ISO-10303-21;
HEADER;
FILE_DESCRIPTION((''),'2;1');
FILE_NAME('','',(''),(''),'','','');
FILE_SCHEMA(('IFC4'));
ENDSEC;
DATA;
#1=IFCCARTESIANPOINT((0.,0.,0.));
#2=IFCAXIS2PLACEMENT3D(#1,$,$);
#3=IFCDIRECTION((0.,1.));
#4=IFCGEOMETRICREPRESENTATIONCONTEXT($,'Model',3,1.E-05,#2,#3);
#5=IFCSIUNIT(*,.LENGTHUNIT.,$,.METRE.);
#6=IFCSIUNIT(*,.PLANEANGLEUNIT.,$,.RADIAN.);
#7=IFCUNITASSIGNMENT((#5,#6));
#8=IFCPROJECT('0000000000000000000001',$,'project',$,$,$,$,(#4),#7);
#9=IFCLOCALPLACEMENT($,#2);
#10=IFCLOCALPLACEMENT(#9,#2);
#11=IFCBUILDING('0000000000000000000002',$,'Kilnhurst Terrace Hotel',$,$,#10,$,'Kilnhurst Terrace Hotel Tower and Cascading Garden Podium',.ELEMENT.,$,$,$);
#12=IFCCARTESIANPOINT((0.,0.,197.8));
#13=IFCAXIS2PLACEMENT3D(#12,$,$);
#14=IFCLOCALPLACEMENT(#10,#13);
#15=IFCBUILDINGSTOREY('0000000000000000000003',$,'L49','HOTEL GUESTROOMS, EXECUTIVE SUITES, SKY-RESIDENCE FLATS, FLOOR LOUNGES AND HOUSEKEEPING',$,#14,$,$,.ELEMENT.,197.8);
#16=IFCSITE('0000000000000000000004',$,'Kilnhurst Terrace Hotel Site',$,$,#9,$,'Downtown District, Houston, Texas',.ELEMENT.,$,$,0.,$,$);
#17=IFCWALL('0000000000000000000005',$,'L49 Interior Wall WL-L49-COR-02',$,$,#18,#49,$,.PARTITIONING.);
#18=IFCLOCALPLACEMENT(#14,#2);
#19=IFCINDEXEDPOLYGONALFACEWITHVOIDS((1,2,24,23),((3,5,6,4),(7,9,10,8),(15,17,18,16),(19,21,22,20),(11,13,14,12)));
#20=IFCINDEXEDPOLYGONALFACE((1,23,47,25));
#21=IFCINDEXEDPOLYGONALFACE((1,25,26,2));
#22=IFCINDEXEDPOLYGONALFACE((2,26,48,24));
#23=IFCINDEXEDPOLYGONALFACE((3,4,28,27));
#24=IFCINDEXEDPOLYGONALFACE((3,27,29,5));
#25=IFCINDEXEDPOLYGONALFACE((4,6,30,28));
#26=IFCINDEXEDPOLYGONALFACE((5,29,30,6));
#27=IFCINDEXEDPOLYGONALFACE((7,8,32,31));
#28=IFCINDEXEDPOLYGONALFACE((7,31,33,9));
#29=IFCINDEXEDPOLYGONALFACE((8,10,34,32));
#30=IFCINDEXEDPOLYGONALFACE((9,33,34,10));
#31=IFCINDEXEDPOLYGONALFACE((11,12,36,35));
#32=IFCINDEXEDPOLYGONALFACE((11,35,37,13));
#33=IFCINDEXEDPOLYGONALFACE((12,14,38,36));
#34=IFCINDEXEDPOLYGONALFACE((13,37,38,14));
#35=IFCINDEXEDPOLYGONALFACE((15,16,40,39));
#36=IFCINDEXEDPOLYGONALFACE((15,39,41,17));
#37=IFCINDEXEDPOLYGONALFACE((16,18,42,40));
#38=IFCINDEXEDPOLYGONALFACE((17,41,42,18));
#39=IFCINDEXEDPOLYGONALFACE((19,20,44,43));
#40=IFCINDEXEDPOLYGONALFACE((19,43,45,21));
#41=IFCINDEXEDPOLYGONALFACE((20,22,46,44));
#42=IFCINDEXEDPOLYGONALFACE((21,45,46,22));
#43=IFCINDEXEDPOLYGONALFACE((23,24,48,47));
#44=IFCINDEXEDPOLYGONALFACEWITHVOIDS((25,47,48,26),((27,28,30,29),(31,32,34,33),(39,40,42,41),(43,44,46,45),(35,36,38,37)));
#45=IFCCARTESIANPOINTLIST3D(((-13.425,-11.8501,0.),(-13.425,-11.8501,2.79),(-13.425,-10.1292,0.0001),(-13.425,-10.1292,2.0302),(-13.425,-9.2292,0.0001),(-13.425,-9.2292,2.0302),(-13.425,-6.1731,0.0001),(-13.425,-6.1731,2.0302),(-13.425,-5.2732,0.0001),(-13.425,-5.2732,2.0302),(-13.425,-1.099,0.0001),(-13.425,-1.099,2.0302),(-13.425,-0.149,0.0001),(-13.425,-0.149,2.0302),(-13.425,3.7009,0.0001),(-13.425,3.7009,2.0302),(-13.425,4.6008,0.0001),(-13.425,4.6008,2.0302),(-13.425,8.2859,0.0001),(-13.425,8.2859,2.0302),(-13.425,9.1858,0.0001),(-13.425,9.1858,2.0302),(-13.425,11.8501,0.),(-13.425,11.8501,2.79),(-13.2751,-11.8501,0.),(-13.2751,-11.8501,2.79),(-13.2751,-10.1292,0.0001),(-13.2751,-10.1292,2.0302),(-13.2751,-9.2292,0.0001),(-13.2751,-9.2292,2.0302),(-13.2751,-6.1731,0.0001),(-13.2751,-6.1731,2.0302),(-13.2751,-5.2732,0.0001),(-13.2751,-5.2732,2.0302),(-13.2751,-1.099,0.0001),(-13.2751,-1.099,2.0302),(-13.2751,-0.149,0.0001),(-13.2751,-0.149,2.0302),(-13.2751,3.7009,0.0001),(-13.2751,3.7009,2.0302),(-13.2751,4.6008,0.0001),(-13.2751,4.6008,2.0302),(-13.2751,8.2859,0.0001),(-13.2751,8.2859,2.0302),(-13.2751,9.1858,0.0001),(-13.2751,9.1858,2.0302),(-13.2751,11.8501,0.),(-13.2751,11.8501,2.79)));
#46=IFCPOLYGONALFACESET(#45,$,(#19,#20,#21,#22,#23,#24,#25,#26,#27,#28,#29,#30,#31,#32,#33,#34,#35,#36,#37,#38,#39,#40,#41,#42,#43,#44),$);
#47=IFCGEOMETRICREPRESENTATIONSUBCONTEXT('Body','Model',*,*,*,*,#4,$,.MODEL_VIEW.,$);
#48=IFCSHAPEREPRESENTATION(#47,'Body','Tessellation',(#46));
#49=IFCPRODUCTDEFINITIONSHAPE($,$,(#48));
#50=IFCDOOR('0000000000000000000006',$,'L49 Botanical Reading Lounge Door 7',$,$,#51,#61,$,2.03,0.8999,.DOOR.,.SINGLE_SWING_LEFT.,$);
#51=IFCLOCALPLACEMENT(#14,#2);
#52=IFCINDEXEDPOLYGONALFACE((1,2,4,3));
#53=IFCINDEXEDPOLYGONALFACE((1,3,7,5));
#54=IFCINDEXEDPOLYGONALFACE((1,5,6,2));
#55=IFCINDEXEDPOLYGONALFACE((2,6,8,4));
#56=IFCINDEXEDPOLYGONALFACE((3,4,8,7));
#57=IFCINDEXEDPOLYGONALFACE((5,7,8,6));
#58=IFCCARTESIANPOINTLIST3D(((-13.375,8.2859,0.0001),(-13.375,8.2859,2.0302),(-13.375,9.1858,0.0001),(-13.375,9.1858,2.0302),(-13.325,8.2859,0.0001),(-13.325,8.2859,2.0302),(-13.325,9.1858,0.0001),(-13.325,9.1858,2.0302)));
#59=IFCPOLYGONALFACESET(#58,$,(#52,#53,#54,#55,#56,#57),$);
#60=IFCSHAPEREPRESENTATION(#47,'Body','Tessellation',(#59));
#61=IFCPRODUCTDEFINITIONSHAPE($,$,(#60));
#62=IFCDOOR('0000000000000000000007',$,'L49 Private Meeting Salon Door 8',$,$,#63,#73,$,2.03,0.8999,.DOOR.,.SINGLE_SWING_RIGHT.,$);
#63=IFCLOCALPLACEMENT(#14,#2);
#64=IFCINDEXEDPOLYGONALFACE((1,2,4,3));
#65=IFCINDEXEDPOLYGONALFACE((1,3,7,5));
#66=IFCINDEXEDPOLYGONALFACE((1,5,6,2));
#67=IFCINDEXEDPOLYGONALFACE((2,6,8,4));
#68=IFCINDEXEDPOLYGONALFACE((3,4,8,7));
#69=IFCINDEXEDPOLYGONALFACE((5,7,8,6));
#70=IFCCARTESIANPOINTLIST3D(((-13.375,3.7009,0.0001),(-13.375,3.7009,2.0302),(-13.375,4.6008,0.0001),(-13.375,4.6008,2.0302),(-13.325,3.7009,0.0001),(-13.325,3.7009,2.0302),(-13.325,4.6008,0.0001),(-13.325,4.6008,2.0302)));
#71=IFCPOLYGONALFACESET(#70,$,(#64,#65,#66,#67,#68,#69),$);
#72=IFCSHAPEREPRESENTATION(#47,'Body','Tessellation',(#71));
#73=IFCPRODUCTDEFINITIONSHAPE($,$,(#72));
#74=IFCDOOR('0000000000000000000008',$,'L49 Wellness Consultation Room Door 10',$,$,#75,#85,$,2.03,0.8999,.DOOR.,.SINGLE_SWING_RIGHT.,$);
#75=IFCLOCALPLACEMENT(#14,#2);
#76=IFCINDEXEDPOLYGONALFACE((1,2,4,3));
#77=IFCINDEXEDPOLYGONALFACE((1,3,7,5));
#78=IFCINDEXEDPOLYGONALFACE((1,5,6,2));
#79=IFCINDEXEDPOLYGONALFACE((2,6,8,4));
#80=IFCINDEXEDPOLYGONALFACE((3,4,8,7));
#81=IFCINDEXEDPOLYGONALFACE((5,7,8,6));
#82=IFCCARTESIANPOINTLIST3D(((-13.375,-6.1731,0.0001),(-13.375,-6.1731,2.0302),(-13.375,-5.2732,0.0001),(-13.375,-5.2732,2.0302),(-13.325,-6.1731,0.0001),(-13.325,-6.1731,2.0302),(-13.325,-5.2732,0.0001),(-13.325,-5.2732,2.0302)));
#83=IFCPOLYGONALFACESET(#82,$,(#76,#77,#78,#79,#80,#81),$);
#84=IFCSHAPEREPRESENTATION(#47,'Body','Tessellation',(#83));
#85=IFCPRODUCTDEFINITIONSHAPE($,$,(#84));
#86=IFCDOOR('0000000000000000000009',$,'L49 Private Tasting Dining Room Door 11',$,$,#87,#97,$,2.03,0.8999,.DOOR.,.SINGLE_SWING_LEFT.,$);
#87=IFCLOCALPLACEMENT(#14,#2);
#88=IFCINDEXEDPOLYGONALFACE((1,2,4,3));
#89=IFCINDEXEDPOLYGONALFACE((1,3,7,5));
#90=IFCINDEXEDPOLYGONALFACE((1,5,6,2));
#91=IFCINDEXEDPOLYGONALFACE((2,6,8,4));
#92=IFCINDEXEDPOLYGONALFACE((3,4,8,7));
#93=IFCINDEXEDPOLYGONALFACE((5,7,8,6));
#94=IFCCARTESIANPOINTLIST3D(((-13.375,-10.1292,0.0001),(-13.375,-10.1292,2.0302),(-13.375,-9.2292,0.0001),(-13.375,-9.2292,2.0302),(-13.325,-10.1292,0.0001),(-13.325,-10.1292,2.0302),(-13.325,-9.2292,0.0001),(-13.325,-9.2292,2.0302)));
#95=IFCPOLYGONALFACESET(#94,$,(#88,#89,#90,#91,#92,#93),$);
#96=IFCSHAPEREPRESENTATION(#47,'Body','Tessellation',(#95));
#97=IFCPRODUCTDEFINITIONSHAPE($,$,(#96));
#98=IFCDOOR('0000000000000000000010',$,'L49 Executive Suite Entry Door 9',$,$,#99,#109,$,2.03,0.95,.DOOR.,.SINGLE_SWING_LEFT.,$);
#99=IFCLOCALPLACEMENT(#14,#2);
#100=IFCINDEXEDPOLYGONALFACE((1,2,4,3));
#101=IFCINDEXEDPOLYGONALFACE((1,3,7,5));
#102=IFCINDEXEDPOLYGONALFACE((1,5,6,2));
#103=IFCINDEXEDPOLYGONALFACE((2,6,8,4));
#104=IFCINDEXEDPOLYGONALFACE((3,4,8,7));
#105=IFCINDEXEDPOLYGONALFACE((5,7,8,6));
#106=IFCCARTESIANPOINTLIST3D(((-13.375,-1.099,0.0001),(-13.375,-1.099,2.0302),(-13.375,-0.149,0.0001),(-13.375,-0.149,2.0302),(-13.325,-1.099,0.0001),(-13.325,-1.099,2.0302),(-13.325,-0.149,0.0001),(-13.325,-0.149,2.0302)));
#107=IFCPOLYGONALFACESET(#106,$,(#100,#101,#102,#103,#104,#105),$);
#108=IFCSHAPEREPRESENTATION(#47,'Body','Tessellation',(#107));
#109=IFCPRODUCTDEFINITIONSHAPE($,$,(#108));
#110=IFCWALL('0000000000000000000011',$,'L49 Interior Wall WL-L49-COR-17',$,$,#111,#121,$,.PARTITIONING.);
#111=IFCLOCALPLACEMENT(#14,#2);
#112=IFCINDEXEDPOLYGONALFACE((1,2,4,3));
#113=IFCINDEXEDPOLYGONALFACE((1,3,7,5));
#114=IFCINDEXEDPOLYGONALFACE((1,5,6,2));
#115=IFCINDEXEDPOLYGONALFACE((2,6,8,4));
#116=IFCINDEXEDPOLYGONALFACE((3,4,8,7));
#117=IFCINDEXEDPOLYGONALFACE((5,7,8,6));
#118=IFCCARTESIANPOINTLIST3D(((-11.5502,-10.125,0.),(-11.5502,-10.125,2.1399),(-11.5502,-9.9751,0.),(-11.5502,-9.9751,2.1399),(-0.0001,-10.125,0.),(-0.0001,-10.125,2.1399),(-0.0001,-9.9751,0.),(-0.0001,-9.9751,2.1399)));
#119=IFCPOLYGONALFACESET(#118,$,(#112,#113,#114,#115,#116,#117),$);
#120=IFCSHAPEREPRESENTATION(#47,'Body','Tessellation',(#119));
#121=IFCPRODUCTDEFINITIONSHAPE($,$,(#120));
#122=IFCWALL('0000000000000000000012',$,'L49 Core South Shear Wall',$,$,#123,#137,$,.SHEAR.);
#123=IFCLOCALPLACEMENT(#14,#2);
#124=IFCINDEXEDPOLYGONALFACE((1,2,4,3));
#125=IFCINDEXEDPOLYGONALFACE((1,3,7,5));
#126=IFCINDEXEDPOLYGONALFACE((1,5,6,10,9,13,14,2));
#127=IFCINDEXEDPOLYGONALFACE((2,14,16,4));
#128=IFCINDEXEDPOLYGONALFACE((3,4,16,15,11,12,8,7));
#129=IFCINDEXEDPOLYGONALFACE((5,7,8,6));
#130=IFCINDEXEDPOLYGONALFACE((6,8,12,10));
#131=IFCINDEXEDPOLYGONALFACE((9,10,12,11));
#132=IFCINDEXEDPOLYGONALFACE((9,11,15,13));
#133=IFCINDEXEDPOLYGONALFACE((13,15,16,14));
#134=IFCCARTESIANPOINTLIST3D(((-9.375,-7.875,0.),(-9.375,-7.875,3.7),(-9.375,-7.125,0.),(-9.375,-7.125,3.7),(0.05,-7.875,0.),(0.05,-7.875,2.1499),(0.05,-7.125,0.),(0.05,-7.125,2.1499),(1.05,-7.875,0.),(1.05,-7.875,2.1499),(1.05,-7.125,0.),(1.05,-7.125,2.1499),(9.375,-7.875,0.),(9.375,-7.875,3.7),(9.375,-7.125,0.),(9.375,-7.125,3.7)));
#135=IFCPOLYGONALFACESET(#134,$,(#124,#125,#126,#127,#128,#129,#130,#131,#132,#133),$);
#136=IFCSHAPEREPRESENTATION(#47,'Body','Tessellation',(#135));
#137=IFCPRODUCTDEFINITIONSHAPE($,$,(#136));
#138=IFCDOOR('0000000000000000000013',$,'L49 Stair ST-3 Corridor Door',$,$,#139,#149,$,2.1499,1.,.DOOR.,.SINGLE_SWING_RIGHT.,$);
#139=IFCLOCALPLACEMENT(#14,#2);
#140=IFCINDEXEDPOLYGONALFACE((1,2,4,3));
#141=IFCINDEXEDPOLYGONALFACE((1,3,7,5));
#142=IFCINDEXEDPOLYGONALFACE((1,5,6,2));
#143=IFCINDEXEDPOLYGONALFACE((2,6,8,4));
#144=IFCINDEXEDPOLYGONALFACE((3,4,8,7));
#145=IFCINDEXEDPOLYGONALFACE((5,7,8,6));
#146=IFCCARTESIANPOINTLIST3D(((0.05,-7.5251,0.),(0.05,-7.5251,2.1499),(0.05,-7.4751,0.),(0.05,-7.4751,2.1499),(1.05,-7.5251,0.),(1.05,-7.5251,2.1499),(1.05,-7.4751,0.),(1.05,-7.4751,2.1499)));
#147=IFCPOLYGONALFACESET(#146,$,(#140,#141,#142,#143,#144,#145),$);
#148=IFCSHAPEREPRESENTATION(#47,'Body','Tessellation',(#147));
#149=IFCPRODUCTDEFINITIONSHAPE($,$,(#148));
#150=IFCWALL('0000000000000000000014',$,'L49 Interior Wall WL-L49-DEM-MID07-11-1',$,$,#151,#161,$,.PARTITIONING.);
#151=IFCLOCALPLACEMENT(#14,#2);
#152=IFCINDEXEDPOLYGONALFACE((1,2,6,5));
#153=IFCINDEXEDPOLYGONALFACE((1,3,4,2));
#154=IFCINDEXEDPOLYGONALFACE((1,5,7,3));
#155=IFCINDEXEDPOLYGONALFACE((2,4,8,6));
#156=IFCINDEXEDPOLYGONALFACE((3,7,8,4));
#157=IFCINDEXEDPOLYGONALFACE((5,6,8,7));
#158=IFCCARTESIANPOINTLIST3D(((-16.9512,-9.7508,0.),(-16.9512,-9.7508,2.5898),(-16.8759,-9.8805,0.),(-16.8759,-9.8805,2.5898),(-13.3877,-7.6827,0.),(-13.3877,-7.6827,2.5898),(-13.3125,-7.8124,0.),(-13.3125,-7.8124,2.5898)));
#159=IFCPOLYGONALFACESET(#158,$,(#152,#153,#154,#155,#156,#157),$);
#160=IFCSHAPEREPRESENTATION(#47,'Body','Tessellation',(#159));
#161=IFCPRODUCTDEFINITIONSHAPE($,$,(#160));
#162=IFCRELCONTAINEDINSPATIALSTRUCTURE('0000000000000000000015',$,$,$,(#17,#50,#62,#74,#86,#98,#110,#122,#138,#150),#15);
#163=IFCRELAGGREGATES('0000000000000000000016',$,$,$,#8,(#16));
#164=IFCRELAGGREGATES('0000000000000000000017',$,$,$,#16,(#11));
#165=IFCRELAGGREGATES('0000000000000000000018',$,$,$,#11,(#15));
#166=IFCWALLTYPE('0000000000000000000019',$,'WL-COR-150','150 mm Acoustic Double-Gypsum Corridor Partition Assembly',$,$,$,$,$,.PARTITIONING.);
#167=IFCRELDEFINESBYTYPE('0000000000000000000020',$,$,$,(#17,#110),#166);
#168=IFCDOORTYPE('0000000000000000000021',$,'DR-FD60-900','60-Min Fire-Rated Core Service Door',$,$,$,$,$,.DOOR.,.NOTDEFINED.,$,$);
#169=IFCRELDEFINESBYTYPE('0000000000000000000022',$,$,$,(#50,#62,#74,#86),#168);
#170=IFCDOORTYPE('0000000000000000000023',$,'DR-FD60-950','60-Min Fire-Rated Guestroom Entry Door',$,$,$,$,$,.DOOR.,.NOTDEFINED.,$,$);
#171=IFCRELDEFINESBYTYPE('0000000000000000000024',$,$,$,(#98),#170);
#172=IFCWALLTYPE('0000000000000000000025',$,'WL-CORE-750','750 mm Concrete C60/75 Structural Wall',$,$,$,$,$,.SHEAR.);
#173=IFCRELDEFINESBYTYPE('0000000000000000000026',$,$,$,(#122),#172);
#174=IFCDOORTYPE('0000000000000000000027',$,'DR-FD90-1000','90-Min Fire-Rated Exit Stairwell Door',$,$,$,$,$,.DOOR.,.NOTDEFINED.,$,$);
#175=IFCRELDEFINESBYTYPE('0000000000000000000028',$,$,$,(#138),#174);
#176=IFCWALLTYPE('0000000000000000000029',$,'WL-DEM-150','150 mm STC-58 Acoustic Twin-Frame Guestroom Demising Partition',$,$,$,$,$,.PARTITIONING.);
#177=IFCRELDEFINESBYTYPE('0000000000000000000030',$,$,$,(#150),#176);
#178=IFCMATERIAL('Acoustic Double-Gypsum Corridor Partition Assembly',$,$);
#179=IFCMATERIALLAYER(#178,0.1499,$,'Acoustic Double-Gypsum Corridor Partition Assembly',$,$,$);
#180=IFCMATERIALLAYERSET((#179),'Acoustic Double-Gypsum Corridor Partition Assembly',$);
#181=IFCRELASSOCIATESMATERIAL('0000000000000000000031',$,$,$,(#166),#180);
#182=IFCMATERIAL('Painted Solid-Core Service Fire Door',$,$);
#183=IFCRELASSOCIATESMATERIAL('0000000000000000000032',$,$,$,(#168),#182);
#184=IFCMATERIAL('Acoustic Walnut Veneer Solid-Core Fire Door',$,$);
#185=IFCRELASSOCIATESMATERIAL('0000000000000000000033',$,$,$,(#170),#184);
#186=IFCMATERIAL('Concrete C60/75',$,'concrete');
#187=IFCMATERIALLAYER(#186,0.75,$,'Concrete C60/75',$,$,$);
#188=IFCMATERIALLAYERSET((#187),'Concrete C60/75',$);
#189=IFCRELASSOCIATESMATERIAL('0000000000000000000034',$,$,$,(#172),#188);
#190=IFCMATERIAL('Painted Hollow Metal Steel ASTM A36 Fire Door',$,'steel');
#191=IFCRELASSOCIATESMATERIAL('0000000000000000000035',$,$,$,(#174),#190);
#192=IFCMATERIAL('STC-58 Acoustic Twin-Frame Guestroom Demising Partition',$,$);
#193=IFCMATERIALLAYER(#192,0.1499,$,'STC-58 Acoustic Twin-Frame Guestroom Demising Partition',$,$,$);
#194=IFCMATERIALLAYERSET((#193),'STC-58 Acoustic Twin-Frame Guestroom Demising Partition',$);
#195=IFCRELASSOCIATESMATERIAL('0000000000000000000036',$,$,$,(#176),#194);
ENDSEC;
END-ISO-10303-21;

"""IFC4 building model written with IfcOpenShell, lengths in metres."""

from ifc_helpers import new_model, si_unit, direction, frame, frame_2d, origin, place, context, subcontext, project, spatial, rectangle, extrude, material, layer, layer_set, type_object, element, fill, save


model = new_model("IFC4")

# Units and contexts
model_context = context("Model", 3, precision=1e-05, world=origin(), true_north=direction((0.0, 1.0)))
body_context = subcontext(model_context, "Body", "Model", "MODEL_VIEW")
ifc_project = project(units=[si_unit("LENGTHUNIT", "METRE"), si_unit("PLANEANGLEUNIT", "RADIAN")], contexts=[model_context])

# Site, building, storey
site_placement = place(None, origin())
site = spatial("IfcSite", under=ifc_project, at=site_placement, Name="Kilnhurst Terrace Hotel Site", LongName="Downtown District, Houston, Texas", CompositionType="ELEMENT", RefElevation=0.0)
building_placement = place(site_placement, origin())
building = spatial("IfcBuilding", under=site, at=building_placement, Name="Kilnhurst Terrace Hotel", LongName="Kilnhurst Terrace Hotel Tower and Cascading Garden Podium", CompositionType="ELEMENT")
storey_placement = place(building_placement, frame((0.0, 0.0, 197.8)))
storey = spatial("IfcBuildingStorey", under=building, at=storey_placement, Name="L49", Description="HOTEL GUESTROOMS, EXECUTIVE SUITES, SKY-RESIDENCE FLATS, FLOOR LOUNGES AND HOUSEKEEPING", CompositionType="ELEMENT", Elevation=197.8)

# Wall, openings, doors
ifc_material_1 = material(Name="Acoustic Double-Gypsum Corridor Partition Assembly")
ifc_layer_1 = layer(ifc_material_1, 0.1499, Name="Acoustic Double-Gypsum Corridor Partition Assembly")
ifc_layer_set_1 = layer_set([ifc_layer_1], Name="Acoustic Double-Gypsum Corridor Partition Assembly")
wall_type_1 = type_object("IfcWallType", Name="WL-COR-150", Description="150 mm Acoustic Double-Gypsum Corridor Partition Assembly", PredefinedType="PARTITIONING", material=ifc_layer_set_1)
wall_1_placement = place(storey_placement, frame((-13.3501, -11.8501, 0.0), z_axis=(0.0, 0.0, 1.0), x_axis=(0.0, 1.0, 0.0)))
wall_1 = element("IfcWall", 1, at=wall_1_placement, inside=storey, type_object=wall_type_1, Name="L49 Interior Wall WL-L49-COR-02", PredefinedType="PARTITIONING", context=body_context, shape_type="SweptSolid", body=[
    extrude(rectangle(XDim=23.7002, YDim=0.1499, at=frame_2d((11.8501, 0.0))), origin(), (0.0, 0.0, 1.0), 2.79),
])
opening_1_placement = place(wall_1_placement, frame((20.136, 0.0, 0.0)))
opening_1 = element("IfcOpeningElement", 2, at=opening_1_placement, cuts=wall_1, PredefinedType="OPENING", context=body_context, shape_type="SweptSolid", body=[
    extrude(rectangle(XDim=0.8999, YDim=2.03, at=frame_2d((0.45, 1.0151))), frame((0.0, 0.085, 0.0), z_axis=(0.0, -1.0, 0.0), x_axis=(1.0, 0.0, 0.0)), (0.0, 0.0, 1.0), 0.1699),
])
opening_2_placement = place(wall_1_placement, frame((15.551, 0.0, 0.0)))
opening_2 = element("IfcOpeningElement", 3, at=opening_2_placement, cuts=wall_1, PredefinedType="OPENING", context=body_context, shape_type="SweptSolid", body=[
    extrude(rectangle(XDim=0.8999, YDim=2.03, at=frame_2d((0.45, 1.0151))), frame((0.0, 0.085, 0.0), z_axis=(0.0, -1.0, 0.0), x_axis=(1.0, 0.0, 0.0)), (0.0, 0.0, 1.0), 0.1699),
])
opening_3_placement = place(wall_1_placement, frame((10.751, 0.0, 0.0)))
opening_3 = element("IfcOpeningElement", 4, at=opening_3_placement, cuts=wall_1, PredefinedType="OPENING", context=body_context, shape_type="SweptSolid", body=[
    extrude(rectangle(XDim=0.95, YDim=2.03, at=frame_2d((0.4751, 1.0151))), frame((0.0, 0.085, 0.0), z_axis=(0.0, -1.0, 0.0), x_axis=(1.0, 0.0, 0.0)), (0.0, 0.0, 1.0), 0.1699),
])
opening_4_placement = place(wall_1_placement, frame((5.677, 0.0, 0.0)))
opening_4 = element("IfcOpeningElement", 5, at=opening_4_placement, cuts=wall_1, PredefinedType="OPENING", context=body_context, shape_type="SweptSolid", body=[
    extrude(rectangle(XDim=0.8999, YDim=2.03, at=frame_2d((0.45, 1.0151))), frame((0.0, 0.085, 0.0), z_axis=(0.0, -1.0, 0.0), x_axis=(1.0, 0.0, 0.0)), (0.0, 0.0, 1.0), 0.1699),
])
opening_5_placement = place(wall_1_placement, frame((1.7209, 0.0, 0.0)))
opening_5 = element("IfcOpeningElement", 6, at=opening_5_placement, cuts=wall_1, PredefinedType="OPENING", context=body_context, shape_type="SweptSolid", body=[
    extrude(rectangle(XDim=0.8999, YDim=2.03, at=frame_2d((0.45, 1.0151))), frame((0.0, 0.085, 0.0), z_axis=(0.0, -1.0, 0.0), x_axis=(1.0, 0.0, 0.0)), (0.0, 0.0, 1.0), 0.1699),
])
ifc_material_2 = material(Name="Painted Solid-Core Service Fire Door")
door_type_1 = type_object("IfcDoorType", Name="DR-FD60-900", Description="60-Min Fire-Rated Core Service Door", OperationType="NOTDEFINED", PredefinedType="DOOR", material=ifc_material_2)
door_1_placement = place(opening_1_placement, origin())
door_1 = element("IfcDoor", 7, at=door_1_placement, inside=storey, type_object=door_type_1, Name="L49 Botanical Reading Lounge Door 7", OperationType="SINGLE_SWING_LEFT", OverallHeight=2.03, OverallWidth=0.8999, PredefinedType="DOOR", context=body_context, shape_type="SweptSolid", body=[
    extrude(rectangle(XDim=0.8999, YDim=2.03, at=frame_2d((0.45, 1.0151))), frame((0.0, 0.0249, 0.0), z_axis=(0.0, -1.0, 0.0), x_axis=(1.0, 0.0, 0.0)), (0.0, 0.0, 1.0), 0.05),
])
fill(opening_1, door_1)
door_2_placement = place(opening_2_placement, origin())
door_2 = element("IfcDoor", 8, at=door_2_placement, inside=storey, type_object=door_type_1, Name="L49 Private Meeting Salon Door 8", OperationType="SINGLE_SWING_RIGHT", OverallHeight=2.03, OverallWidth=0.8999, PredefinedType="DOOR", context=body_context, shape_type="SweptSolid", body=[
    extrude(rectangle(XDim=0.8999, YDim=2.03, at=frame_2d((0.45, 1.0151))), frame((0.0, 0.0249, 0.0), z_axis=(0.0, -1.0, 0.0), x_axis=(1.0, 0.0, 0.0)), (0.0, 0.0, 1.0), 0.05),
])
fill(opening_2, door_2)
door_3_placement = place(opening_4_placement, origin())
door_3 = element("IfcDoor", 9, at=door_3_placement, inside=storey, type_object=door_type_1, Name="L49 Wellness Consultation Room Door 10", OperationType="SINGLE_SWING_RIGHT", OverallHeight=2.03, OverallWidth=0.8999, PredefinedType="DOOR", context=body_context, shape_type="SweptSolid", body=[
    extrude(rectangle(XDim=0.8999, YDim=2.03, at=frame_2d((0.45, 1.0151))), frame((0.0, 0.0249, 0.0), z_axis=(0.0, -1.0, 0.0), x_axis=(1.0, 0.0, 0.0)), (0.0, 0.0, 1.0), 0.05),
])
fill(opening_4, door_3)
door_4_placement = place(opening_5_placement, origin())
door_4 = element("IfcDoor", 10, at=door_4_placement, inside=storey, type_object=door_type_1, Name="L49 Private Tasting Dining Room Door 11", OperationType="SINGLE_SWING_LEFT", OverallHeight=2.03, OverallWidth=0.8999, PredefinedType="DOOR", context=body_context, shape_type="SweptSolid", body=[
    extrude(rectangle(XDim=0.8999, YDim=2.03, at=frame_2d((0.45, 1.0151))), frame((0.0, 0.0249, 0.0), z_axis=(0.0, -1.0, 0.0), x_axis=(1.0, 0.0, 0.0)), (0.0, 0.0, 1.0), 0.05),
])
fill(opening_5, door_4)
ifc_material_3 = material(Name="Acoustic Walnut Veneer Solid-Core Fire Door")
door_type_2 = type_object("IfcDoorType", Name="DR-FD60-950", Description="60-Min Fire-Rated Guestroom Entry Door", OperationType="NOTDEFINED", PredefinedType="DOOR", material=ifc_material_3)
door_5_placement = place(opening_3_placement, origin())
door_5 = element("IfcDoor", 11, at=door_5_placement, inside=storey, type_object=door_type_2, Name="L49 Executive Suite Entry Door 9", OperationType="SINGLE_SWING_LEFT", OverallHeight=2.03, OverallWidth=0.95, PredefinedType="DOOR", context=body_context, shape_type="SweptSolid", body=[
    extrude(rectangle(XDim=0.95, YDim=2.03, at=frame_2d((0.4751, 1.0151))), frame((0.0, 0.0249, 0.0), z_axis=(0.0, -1.0, 0.0), x_axis=(1.0, 0.0, 0.0)), (0.0, 0.0, 1.0), 0.05),
])
fill(opening_3, door_5)

# Wall
wall_2_placement = place(storey_placement, frame((-11.55, -10.05, 0.0), z_axis=(0.0, 0.0, 1.0), x_axis=(1.0, 0.0, 0.0)))
element("IfcWall", 12, at=wall_2_placement, inside=storey, type_object=wall_type_1, Name="L49 Interior Wall WL-L49-COR-17", PredefinedType="PARTITIONING", context=body_context, shape_type="SweptSolid", body=[
    extrude(rectangle(XDim=11.55, YDim=0.1499, at=frame_2d((5.7749, 0.0))), origin(), (0.0, 0.0, 1.0), 2.1399),
])

# Wall, opening, door
ifc_material_4 = material(Name="Concrete C60/75", Category="concrete")
ifc_layer_2 = layer(ifc_material_4, 0.75, Name="Concrete C60/75")
ifc_layer_set_2 = layer_set([ifc_layer_2], Name="Concrete C60/75")
wall_type_2 = type_object("IfcWallType", Name="WL-CORE-750", Description="750 mm Concrete C60/75 Structural Wall", PredefinedType="SHEAR", material=ifc_layer_set_2)
wall_3_placement = place(storey_placement, frame((-9.375, -7.5, 0.0), z_axis=(0.0, 0.0, 1.0), x_axis=(1.0, 0.0, 0.0)))
wall_3 = element("IfcWall", 13, at=wall_3_placement, inside=storey, type_object=wall_type_2, Name="L49 Core South Shear Wall", PredefinedType="SHEAR", context=body_context, shape_type="SweptSolid", body=[
    extrude(rectangle(XDim=18.75, YDim=0.75, at=frame_2d((9.375, 0.0))), origin(), (0.0, 0.0, 1.0), 3.7),
])
opening_6_placement = place(wall_3_placement, frame((9.425, 0.0, 0.0)))
opening_6 = element("IfcOpeningElement", 14, at=opening_6_placement, cuts=wall_3, PredefinedType="OPENING", context=body_context, shape_type="SweptSolid", body=[
    extrude(rectangle(XDim=1.0, YDim=2.1499, at=frame_2d((0.5, 1.075))), frame((0.0, 0.385, 0.0), z_axis=(0.0, -1.0, 0.0), x_axis=(1.0, 0.0, 0.0)), (0.0, 0.0, 1.0), 0.77),
])
ifc_material_5 = material(Name="Painted Hollow Metal Steel ASTM A36 Fire Door", Category="steel")
door_type_3 = type_object("IfcDoorType", Name="DR-FD90-1000", Description="90-Min Fire-Rated Exit Stairwell Door", OperationType="NOTDEFINED", PredefinedType="DOOR", material=ifc_material_5)
door_6_placement = place(opening_6_placement, origin())
door_6 = element("IfcDoor", 15, at=door_6_placement, inside=storey, type_object=door_type_3, Name="L49 Stair ST-3 Corridor Door", OperationType="SINGLE_SWING_RIGHT", OverallHeight=2.1499, OverallWidth=1.0, PredefinedType="DOOR", context=body_context, shape_type="SweptSolid", body=[
    extrude(rectangle(XDim=1.0, YDim=2.1499, at=frame_2d((0.5, 1.075))), frame((0.0, 0.0249, 0.0), z_axis=(0.0, -1.0, 0.0), x_axis=(1.0, 0.0, 0.0)), (0.0, 0.0, 1.0), 0.05),
])
fill(opening_6, door_6)

# Wall
ifc_material_6 = material(Name="STC-58 Acoustic Twin-Frame Guestroom Demising Partition")
ifc_layer_3 = layer(ifc_material_6, 0.1499, Name="STC-58 Acoustic Twin-Frame Guestroom Demising Partition")
ifc_layer_set_3 = layer_set([ifc_layer_3], Name="STC-58 Acoustic Twin-Frame Guestroom Demising Partition")
wall_type_3 = type_object("IfcWallType", Name="WL-DEM-150", Description="150 mm STC-58 Acoustic Twin-Frame Guestroom Demising Partition", PredefinedType="PARTITIONING", material=ifc_layer_set_3)
wall_4_placement = place(storey_placement, frame((-13.3501, -7.7476, 0.0), z_axis=(0.0, 0.0, 1.0), x_axis=(-0.864894, -0.501954, 0.0)))
element("IfcWall", 16, at=wall_4_placement, inside=storey, type_object=wall_type_3, Name="L49 Interior Wall WL-L49-DEM-MID07-11-1", PredefinedType="PARTITIONING", context=body_context, shape_type="SweptSolid", body=[
    extrude(rectangle(XDim=4.1201, YDim=0.1499, at=frame_2d((2.0601, 0.0))), origin(), (0.0, 0.0, 1.0), 2.5898),
])

save(model, "model.ifc")
